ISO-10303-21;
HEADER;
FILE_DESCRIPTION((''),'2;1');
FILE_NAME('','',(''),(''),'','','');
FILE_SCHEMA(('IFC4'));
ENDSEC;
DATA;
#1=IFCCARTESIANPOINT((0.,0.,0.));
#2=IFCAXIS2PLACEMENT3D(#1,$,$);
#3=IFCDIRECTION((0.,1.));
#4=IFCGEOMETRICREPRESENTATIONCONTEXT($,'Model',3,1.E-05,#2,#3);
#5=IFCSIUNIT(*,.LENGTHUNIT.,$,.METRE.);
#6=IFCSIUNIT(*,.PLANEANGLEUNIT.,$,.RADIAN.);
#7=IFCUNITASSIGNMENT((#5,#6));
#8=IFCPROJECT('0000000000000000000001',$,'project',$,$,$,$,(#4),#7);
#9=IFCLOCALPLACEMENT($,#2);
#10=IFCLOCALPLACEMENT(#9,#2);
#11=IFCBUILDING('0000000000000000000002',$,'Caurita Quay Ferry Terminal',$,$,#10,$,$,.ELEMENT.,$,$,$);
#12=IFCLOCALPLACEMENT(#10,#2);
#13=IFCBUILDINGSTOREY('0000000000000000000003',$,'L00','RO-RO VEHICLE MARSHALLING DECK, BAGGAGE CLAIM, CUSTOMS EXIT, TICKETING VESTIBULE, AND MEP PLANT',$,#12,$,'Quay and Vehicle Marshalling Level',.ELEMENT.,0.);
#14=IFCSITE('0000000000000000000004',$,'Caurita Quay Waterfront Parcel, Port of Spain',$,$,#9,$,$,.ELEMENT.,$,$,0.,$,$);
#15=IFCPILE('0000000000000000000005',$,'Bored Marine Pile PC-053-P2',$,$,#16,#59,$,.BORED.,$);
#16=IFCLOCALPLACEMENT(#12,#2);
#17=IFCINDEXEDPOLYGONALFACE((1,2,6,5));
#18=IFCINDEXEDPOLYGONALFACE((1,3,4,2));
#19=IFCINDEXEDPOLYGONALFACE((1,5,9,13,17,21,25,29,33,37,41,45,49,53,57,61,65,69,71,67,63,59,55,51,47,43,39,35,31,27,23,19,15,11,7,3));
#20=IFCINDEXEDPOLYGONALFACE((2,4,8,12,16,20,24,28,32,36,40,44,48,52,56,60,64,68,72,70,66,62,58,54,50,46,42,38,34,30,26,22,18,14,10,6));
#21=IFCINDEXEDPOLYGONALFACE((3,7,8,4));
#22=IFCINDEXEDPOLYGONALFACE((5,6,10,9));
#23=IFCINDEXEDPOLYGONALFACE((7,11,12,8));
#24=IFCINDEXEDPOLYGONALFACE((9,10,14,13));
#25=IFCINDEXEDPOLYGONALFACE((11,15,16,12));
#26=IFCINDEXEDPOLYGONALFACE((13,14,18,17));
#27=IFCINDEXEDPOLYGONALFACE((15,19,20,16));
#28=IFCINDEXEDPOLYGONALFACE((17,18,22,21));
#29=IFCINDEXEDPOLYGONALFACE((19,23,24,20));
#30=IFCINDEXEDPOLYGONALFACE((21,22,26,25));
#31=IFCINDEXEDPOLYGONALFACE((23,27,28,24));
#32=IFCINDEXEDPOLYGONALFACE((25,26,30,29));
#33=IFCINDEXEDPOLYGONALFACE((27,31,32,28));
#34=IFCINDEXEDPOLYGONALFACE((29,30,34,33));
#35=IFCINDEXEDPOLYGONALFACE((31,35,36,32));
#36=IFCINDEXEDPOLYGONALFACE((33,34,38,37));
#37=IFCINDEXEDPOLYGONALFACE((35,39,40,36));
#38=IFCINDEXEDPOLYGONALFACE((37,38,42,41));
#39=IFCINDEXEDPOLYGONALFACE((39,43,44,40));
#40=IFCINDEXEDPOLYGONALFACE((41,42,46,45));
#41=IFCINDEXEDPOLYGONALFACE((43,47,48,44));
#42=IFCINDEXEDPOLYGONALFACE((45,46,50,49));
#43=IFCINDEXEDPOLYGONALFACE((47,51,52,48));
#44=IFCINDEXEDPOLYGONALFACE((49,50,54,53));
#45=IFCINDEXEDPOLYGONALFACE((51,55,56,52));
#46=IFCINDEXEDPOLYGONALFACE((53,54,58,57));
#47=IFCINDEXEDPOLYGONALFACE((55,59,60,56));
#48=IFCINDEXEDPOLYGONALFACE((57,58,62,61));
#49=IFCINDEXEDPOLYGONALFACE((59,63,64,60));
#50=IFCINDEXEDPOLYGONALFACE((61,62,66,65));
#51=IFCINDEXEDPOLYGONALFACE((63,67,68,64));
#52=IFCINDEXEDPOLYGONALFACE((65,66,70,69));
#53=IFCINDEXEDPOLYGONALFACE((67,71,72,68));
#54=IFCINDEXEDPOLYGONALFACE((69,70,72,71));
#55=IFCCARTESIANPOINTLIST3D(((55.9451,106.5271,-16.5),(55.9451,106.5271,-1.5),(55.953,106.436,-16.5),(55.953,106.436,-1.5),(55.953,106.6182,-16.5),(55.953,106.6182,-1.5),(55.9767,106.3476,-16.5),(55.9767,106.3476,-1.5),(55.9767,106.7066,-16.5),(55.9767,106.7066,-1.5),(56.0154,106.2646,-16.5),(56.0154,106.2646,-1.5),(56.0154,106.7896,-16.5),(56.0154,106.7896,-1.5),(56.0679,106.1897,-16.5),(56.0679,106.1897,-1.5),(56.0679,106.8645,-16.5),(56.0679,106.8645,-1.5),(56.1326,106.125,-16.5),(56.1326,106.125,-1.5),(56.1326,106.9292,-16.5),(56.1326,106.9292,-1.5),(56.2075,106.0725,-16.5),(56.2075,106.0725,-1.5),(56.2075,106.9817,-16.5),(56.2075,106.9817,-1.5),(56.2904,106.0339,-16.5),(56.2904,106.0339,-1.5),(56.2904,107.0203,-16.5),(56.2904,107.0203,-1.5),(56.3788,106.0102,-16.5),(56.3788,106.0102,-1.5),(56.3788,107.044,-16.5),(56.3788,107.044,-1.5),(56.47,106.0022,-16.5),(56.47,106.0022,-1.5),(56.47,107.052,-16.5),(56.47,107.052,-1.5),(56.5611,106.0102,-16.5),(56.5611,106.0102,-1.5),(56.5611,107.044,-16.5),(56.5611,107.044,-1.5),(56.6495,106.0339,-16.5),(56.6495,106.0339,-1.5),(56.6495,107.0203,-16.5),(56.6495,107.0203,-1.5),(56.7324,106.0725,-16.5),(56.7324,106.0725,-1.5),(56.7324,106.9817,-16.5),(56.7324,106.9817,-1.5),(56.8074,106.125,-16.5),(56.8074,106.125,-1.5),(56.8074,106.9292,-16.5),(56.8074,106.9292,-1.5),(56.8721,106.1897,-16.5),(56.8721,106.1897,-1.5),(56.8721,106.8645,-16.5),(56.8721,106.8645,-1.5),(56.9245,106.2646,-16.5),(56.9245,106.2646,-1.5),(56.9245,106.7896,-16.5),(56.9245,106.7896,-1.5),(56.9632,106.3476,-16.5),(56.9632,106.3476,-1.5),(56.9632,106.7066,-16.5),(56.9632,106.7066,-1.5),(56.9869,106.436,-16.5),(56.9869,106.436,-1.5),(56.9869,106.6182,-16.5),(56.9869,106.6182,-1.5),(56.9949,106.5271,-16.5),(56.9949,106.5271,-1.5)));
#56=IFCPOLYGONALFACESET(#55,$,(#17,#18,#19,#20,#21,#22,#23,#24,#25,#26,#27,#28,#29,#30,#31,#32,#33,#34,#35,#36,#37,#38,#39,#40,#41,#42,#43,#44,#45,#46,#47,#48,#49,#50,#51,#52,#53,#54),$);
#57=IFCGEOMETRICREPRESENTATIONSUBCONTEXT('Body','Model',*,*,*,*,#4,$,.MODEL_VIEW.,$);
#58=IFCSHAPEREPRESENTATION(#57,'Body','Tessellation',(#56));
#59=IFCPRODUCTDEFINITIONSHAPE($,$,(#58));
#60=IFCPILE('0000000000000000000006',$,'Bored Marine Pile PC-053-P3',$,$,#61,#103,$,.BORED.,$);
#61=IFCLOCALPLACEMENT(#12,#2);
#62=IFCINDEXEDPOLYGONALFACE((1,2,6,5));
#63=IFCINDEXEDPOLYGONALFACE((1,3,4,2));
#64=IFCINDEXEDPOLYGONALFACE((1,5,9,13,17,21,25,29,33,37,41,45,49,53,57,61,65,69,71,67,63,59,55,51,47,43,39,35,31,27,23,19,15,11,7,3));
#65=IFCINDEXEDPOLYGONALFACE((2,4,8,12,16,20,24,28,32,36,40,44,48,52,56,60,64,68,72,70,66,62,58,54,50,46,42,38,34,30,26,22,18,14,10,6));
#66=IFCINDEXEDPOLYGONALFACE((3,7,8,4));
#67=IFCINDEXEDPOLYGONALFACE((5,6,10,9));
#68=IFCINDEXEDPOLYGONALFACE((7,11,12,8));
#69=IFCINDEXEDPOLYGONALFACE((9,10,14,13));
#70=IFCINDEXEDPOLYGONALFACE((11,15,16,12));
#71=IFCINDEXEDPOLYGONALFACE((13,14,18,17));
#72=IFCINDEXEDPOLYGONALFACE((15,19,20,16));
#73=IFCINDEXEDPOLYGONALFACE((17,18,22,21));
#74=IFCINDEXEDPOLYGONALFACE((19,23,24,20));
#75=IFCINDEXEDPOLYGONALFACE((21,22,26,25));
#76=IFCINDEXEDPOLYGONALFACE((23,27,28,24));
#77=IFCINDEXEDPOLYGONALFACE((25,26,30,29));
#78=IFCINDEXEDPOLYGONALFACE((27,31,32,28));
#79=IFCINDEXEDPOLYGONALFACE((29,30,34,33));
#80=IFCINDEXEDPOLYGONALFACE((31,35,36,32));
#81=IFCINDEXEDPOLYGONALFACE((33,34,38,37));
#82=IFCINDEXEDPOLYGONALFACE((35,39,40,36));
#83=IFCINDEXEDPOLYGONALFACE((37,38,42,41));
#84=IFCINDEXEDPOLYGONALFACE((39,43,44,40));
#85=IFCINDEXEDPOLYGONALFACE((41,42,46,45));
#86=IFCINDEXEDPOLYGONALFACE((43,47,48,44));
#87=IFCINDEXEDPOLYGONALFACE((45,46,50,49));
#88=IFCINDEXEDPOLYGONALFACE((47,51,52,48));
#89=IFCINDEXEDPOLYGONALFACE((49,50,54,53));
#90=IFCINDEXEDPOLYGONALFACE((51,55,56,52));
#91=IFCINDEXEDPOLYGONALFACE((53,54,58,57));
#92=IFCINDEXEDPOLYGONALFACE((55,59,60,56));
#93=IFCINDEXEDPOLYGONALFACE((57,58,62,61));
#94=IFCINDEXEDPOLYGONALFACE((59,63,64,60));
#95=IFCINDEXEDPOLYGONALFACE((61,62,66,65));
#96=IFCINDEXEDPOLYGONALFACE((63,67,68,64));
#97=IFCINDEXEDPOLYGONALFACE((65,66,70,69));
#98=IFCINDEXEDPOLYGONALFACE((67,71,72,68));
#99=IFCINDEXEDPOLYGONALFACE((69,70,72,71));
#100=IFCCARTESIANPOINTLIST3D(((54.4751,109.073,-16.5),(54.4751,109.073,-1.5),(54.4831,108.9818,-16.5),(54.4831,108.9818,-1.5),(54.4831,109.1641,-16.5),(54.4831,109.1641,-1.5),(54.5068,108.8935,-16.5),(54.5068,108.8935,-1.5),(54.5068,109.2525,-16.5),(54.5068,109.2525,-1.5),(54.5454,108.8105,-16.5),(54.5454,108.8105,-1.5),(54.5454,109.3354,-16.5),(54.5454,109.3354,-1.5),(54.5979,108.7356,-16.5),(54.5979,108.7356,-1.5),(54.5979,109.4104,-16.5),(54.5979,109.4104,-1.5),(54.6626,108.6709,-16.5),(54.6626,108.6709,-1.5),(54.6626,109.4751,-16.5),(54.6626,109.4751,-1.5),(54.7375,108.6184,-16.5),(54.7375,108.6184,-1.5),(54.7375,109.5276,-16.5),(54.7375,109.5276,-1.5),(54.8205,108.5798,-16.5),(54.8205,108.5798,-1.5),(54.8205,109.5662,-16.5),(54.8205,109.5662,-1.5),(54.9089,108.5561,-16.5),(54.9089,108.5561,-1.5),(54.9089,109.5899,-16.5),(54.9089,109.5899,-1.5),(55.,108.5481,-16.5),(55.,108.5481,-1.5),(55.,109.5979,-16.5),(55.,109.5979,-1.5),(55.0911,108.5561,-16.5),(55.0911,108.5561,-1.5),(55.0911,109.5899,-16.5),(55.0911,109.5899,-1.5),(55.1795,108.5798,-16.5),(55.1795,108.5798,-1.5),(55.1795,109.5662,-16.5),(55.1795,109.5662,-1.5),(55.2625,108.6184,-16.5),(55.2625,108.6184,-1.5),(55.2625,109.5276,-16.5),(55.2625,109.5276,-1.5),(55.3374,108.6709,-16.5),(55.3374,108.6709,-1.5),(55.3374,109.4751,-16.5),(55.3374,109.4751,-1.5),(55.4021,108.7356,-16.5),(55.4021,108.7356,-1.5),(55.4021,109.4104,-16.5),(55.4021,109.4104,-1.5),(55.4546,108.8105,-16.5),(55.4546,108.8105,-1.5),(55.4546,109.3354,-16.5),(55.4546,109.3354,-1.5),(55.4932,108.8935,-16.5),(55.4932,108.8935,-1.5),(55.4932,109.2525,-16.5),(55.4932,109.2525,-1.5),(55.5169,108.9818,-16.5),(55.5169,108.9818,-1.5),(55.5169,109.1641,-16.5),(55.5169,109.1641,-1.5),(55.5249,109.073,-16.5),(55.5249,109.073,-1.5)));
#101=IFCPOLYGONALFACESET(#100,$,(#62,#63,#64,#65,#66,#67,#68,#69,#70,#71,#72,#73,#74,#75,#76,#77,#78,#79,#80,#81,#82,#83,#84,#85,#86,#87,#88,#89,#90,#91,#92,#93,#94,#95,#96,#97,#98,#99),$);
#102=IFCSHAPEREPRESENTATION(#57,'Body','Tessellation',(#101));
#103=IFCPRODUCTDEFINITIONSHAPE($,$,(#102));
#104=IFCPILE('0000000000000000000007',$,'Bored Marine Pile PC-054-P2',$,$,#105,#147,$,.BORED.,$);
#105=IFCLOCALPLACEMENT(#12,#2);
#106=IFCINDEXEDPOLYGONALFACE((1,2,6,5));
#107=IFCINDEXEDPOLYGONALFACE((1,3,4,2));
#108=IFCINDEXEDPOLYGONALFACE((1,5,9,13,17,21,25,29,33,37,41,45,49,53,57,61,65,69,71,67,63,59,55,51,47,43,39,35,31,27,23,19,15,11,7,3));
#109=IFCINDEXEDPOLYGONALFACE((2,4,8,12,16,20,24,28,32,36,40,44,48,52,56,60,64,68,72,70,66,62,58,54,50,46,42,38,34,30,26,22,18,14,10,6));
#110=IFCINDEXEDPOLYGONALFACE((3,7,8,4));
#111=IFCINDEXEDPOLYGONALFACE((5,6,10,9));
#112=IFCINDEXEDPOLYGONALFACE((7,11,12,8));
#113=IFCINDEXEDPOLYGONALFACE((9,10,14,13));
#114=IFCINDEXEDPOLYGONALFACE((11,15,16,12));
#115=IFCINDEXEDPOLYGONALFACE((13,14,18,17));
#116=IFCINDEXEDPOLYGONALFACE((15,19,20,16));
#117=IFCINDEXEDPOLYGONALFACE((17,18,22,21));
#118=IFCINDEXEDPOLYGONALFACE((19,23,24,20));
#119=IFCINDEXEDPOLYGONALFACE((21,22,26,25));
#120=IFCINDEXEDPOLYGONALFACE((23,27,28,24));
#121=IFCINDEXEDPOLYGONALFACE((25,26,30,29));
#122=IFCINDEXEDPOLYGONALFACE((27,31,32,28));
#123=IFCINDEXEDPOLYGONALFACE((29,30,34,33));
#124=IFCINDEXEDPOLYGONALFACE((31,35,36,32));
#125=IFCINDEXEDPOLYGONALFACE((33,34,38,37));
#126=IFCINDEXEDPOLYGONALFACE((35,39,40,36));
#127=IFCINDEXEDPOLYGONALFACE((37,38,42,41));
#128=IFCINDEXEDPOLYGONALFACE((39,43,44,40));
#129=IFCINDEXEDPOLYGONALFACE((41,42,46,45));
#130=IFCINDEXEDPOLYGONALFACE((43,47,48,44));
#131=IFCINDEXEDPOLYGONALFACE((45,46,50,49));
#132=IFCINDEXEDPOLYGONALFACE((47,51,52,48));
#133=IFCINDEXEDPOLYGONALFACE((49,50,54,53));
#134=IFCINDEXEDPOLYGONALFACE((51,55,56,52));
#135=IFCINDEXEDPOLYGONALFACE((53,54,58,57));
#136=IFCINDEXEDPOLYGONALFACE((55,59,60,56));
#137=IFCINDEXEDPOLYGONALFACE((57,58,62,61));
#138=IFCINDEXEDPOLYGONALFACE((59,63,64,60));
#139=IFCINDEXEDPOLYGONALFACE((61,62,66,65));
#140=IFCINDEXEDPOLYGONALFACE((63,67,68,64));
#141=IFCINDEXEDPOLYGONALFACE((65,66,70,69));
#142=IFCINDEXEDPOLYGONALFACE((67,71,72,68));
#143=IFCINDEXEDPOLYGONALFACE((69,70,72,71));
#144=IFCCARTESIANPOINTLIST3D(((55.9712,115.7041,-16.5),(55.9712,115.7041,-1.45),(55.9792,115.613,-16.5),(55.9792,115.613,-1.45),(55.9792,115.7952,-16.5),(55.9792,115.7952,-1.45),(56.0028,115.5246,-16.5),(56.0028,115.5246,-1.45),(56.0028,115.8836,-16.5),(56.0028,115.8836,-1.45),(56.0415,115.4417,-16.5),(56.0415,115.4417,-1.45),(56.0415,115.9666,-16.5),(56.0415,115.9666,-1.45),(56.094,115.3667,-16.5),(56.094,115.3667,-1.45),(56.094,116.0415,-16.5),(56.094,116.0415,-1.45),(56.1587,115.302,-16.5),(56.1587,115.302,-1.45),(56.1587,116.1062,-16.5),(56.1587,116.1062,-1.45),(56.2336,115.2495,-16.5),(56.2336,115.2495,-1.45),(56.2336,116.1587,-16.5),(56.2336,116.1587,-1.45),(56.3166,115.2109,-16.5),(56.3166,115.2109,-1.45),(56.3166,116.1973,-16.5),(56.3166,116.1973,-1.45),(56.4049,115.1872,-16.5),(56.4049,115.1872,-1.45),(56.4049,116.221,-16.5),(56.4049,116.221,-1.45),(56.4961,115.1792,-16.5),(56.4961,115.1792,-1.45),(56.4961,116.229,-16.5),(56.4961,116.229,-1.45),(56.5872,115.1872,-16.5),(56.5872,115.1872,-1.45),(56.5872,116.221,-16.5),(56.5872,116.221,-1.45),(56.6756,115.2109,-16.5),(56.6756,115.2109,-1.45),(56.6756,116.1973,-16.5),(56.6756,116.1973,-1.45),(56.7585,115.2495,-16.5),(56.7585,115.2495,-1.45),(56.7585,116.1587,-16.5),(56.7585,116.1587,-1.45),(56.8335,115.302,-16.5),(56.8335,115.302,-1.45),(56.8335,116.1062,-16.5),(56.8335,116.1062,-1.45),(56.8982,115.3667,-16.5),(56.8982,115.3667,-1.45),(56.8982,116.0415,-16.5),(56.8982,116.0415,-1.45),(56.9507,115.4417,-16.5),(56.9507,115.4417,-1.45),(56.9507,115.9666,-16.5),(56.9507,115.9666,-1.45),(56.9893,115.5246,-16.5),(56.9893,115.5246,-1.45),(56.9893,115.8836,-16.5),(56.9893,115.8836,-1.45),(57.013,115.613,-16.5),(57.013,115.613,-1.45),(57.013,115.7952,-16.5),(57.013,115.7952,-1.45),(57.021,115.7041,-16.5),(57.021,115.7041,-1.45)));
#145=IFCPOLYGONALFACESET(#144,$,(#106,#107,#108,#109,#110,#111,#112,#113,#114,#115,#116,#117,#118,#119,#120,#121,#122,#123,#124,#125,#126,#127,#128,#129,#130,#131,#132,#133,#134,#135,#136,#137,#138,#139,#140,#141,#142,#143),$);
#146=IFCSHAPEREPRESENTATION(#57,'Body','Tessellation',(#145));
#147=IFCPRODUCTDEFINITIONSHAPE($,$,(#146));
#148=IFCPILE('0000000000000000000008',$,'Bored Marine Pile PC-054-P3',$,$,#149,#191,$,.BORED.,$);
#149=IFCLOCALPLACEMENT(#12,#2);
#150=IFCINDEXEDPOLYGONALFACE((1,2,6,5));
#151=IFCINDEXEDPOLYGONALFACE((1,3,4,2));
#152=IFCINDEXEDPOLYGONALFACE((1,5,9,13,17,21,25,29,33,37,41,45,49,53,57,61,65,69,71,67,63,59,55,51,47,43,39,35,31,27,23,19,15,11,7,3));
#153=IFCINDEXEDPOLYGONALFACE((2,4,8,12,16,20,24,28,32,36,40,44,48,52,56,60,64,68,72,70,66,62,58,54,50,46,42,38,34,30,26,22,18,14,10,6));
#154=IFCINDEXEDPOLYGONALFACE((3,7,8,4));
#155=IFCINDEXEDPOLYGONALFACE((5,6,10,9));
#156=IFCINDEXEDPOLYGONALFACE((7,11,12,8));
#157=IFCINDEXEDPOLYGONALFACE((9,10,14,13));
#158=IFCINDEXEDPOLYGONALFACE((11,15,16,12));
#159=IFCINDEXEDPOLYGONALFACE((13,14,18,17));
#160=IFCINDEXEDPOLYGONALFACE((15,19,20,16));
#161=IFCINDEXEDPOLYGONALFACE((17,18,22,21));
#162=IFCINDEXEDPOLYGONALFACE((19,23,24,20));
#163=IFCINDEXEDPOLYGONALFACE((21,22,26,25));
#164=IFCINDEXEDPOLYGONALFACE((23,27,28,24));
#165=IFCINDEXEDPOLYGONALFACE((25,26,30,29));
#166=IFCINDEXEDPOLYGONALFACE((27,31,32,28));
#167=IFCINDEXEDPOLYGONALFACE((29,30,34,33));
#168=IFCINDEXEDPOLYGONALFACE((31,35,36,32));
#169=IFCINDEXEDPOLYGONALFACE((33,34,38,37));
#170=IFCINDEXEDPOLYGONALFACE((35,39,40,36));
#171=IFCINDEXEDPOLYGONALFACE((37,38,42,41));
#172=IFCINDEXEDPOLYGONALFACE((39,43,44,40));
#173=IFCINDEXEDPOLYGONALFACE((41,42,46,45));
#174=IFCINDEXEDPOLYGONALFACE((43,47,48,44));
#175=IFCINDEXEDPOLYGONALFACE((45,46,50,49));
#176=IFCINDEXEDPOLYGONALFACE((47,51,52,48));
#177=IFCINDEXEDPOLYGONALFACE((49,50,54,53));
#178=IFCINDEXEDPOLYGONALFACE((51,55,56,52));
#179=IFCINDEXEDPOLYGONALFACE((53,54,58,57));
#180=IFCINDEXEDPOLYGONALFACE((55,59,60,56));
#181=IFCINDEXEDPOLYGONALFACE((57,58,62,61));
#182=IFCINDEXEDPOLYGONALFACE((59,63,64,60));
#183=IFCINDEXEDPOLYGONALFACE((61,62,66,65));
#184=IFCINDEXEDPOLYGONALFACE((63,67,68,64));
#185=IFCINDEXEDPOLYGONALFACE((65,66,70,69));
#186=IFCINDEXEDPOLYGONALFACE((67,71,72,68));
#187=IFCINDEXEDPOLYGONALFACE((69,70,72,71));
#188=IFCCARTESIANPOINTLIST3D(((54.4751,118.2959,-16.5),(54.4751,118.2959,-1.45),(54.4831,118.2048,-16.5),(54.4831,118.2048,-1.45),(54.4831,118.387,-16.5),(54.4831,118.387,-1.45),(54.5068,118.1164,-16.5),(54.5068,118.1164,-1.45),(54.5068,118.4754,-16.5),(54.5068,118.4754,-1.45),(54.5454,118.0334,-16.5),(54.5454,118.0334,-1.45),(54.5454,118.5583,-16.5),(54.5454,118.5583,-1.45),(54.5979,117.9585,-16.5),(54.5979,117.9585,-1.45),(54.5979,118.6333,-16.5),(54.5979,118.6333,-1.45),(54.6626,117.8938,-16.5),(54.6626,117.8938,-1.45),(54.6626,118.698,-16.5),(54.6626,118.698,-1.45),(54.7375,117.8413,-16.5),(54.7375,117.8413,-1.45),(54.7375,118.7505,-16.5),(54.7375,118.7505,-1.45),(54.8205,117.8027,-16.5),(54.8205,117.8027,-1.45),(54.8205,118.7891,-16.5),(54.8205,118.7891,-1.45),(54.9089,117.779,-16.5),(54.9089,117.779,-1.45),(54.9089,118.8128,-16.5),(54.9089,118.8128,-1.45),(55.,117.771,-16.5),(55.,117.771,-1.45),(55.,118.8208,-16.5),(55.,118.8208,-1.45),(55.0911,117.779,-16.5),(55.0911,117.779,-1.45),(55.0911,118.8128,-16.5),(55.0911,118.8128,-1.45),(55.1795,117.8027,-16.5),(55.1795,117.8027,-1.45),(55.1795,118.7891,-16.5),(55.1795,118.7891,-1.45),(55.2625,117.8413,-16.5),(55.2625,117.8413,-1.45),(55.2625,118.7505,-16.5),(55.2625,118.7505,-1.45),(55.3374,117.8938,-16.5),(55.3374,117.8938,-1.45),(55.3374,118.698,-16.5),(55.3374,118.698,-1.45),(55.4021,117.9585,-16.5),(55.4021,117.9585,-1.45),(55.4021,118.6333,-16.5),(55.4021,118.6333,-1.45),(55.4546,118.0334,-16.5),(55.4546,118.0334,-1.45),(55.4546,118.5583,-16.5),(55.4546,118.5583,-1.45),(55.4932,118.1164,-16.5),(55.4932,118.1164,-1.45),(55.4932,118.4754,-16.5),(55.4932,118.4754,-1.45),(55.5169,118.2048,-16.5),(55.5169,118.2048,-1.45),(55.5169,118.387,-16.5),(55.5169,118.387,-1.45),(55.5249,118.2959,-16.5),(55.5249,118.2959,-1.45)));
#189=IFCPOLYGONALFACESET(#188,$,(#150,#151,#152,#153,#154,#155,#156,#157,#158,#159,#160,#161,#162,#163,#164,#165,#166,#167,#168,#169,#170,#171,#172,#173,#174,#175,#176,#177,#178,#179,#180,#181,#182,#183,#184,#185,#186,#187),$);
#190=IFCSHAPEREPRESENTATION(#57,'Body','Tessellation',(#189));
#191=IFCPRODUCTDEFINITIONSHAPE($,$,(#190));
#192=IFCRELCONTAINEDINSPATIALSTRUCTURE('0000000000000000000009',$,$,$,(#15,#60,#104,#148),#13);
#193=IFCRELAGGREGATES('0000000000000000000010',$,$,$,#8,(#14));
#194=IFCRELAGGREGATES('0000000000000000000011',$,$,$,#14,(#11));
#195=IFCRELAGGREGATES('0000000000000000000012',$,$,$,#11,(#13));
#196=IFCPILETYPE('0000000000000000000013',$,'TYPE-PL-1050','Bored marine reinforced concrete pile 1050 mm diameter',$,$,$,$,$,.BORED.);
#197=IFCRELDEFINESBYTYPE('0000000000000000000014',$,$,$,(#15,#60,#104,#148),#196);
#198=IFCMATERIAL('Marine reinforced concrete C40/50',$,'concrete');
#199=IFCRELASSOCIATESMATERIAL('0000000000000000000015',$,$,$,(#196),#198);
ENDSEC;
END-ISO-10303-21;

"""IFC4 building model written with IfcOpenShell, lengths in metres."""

from ifc_helpers import new_model, si_unit, direction, frame, origin, origin_2d, place, context, subcontext, project, spatial, circle, extrude, material, material_profile, profile_set, type_object, element, save


model = new_model("IFC4")

# Units and contexts
model_context = context("Model", 3, precision=1e-05, world=origin(), true_north=direction((0.0, 1.0)))
body_context = subcontext(model_context, "Body", "Model", "MODEL_VIEW")
ifc_project = project(units=[si_unit("LENGTHUNIT", "METRE"), si_unit("PLANEANGLEUNIT", "RADIAN")], contexts=[model_context])

# Site, building, storey
site_placement = place(None, origin())
site = spatial("IfcSite", under=ifc_project, at=site_placement, Name="Caurita Quay Waterfront Parcel, Port of Spain", CompositionType="ELEMENT", RefElevation=0.0)
building_placement = place(site_placement, origin())
building = spatial("IfcBuilding", under=site, at=building_placement, Name="Caurita Quay Ferry Terminal", CompositionType="ELEMENT")
storey_placement = place(building_placement, origin())
storey = spatial("IfcBuildingStorey", under=building, at=storey_placement, Name="L00", Description="RO-RO VEHICLE MARSHALLING DECK, BAGGAGE CLAIM, CUSTOMS EXIT, TICKETING VESTIBULE, AND MEP PLANT", LongName="Quay and Vehicle Marshalling Level", CompositionType="ELEMENT", Elevation=0.0)

# Piles
ifc_material_1 = material(Name="Marine reinforced concrete C40/50", Category="concrete")
ifc_material_profile_1 = material_profile(ifc_material_1, circle(Radius=0.5249, at=origin_2d()), Name="PILE-D1050")
ifc_profile_set_1 = profile_set([ifc_material_profile_1], Name="Marine reinforced concrete C40/50")
pile_type = type_object("IfcPileType", Name="TYPE-PL-1050", Description="Bored marine reinforced concrete pile 1050 mm diameter", PredefinedType="BORED", material=ifc_profile_set_1)
for number, where, z_axis, x_axis, name in (
    (1, (56.47, 106.5271, -1.5), (0.0, 0.0, -1.0), (1.0, 0.0, 0.0), "Bored Marine Pile PC-053-P2"),
    (2, (55.0, 109.073, -1.5), (0.0, 0.0, -1.0), (1.0, 0.0, 0.0), "Bored Marine Pile PC-053-P3"),
):
    element("IfcPile", number, at=place(storey_placement, frame(where, z_axis=z_axis, x_axis=x_axis)), inside=storey, type_object=pile_type, Name=name, PredefinedType="BORED", context=body_context, shape_type="SweptSolid", body=[
        extrude(circle(Radius=0.5249, at=origin_2d()), origin(), (0.0, 0.0, 1.0), 15.0),
    ])
for number, where, z_axis, x_axis, name in (
    (3, (56.4961, 115.7041, -1.45), (0.0, 0.0, -1.0), (1.0, 0.0, 0.0), "Bored Marine Pile PC-054-P2"),
    (4, (55.0, 118.2959, -1.45), (0.0, 0.0, -1.0), (1.0, 0.0, 0.0), "Bored Marine Pile PC-054-P3"),
):
    element("IfcPile", number, at=place(storey_placement, frame(where, z_axis=z_axis, x_axis=x_axis)), inside=storey, type_object=pile_type, Name=name, PredefinedType="BORED", context=body_context, shape_type="SweptSolid", body=[
        extrude(circle(Radius=0.5249, at=origin_2d()), origin(), (0.0, 0.0, 1.0), 15.05),
    ])

save(model, "model.ifc")
